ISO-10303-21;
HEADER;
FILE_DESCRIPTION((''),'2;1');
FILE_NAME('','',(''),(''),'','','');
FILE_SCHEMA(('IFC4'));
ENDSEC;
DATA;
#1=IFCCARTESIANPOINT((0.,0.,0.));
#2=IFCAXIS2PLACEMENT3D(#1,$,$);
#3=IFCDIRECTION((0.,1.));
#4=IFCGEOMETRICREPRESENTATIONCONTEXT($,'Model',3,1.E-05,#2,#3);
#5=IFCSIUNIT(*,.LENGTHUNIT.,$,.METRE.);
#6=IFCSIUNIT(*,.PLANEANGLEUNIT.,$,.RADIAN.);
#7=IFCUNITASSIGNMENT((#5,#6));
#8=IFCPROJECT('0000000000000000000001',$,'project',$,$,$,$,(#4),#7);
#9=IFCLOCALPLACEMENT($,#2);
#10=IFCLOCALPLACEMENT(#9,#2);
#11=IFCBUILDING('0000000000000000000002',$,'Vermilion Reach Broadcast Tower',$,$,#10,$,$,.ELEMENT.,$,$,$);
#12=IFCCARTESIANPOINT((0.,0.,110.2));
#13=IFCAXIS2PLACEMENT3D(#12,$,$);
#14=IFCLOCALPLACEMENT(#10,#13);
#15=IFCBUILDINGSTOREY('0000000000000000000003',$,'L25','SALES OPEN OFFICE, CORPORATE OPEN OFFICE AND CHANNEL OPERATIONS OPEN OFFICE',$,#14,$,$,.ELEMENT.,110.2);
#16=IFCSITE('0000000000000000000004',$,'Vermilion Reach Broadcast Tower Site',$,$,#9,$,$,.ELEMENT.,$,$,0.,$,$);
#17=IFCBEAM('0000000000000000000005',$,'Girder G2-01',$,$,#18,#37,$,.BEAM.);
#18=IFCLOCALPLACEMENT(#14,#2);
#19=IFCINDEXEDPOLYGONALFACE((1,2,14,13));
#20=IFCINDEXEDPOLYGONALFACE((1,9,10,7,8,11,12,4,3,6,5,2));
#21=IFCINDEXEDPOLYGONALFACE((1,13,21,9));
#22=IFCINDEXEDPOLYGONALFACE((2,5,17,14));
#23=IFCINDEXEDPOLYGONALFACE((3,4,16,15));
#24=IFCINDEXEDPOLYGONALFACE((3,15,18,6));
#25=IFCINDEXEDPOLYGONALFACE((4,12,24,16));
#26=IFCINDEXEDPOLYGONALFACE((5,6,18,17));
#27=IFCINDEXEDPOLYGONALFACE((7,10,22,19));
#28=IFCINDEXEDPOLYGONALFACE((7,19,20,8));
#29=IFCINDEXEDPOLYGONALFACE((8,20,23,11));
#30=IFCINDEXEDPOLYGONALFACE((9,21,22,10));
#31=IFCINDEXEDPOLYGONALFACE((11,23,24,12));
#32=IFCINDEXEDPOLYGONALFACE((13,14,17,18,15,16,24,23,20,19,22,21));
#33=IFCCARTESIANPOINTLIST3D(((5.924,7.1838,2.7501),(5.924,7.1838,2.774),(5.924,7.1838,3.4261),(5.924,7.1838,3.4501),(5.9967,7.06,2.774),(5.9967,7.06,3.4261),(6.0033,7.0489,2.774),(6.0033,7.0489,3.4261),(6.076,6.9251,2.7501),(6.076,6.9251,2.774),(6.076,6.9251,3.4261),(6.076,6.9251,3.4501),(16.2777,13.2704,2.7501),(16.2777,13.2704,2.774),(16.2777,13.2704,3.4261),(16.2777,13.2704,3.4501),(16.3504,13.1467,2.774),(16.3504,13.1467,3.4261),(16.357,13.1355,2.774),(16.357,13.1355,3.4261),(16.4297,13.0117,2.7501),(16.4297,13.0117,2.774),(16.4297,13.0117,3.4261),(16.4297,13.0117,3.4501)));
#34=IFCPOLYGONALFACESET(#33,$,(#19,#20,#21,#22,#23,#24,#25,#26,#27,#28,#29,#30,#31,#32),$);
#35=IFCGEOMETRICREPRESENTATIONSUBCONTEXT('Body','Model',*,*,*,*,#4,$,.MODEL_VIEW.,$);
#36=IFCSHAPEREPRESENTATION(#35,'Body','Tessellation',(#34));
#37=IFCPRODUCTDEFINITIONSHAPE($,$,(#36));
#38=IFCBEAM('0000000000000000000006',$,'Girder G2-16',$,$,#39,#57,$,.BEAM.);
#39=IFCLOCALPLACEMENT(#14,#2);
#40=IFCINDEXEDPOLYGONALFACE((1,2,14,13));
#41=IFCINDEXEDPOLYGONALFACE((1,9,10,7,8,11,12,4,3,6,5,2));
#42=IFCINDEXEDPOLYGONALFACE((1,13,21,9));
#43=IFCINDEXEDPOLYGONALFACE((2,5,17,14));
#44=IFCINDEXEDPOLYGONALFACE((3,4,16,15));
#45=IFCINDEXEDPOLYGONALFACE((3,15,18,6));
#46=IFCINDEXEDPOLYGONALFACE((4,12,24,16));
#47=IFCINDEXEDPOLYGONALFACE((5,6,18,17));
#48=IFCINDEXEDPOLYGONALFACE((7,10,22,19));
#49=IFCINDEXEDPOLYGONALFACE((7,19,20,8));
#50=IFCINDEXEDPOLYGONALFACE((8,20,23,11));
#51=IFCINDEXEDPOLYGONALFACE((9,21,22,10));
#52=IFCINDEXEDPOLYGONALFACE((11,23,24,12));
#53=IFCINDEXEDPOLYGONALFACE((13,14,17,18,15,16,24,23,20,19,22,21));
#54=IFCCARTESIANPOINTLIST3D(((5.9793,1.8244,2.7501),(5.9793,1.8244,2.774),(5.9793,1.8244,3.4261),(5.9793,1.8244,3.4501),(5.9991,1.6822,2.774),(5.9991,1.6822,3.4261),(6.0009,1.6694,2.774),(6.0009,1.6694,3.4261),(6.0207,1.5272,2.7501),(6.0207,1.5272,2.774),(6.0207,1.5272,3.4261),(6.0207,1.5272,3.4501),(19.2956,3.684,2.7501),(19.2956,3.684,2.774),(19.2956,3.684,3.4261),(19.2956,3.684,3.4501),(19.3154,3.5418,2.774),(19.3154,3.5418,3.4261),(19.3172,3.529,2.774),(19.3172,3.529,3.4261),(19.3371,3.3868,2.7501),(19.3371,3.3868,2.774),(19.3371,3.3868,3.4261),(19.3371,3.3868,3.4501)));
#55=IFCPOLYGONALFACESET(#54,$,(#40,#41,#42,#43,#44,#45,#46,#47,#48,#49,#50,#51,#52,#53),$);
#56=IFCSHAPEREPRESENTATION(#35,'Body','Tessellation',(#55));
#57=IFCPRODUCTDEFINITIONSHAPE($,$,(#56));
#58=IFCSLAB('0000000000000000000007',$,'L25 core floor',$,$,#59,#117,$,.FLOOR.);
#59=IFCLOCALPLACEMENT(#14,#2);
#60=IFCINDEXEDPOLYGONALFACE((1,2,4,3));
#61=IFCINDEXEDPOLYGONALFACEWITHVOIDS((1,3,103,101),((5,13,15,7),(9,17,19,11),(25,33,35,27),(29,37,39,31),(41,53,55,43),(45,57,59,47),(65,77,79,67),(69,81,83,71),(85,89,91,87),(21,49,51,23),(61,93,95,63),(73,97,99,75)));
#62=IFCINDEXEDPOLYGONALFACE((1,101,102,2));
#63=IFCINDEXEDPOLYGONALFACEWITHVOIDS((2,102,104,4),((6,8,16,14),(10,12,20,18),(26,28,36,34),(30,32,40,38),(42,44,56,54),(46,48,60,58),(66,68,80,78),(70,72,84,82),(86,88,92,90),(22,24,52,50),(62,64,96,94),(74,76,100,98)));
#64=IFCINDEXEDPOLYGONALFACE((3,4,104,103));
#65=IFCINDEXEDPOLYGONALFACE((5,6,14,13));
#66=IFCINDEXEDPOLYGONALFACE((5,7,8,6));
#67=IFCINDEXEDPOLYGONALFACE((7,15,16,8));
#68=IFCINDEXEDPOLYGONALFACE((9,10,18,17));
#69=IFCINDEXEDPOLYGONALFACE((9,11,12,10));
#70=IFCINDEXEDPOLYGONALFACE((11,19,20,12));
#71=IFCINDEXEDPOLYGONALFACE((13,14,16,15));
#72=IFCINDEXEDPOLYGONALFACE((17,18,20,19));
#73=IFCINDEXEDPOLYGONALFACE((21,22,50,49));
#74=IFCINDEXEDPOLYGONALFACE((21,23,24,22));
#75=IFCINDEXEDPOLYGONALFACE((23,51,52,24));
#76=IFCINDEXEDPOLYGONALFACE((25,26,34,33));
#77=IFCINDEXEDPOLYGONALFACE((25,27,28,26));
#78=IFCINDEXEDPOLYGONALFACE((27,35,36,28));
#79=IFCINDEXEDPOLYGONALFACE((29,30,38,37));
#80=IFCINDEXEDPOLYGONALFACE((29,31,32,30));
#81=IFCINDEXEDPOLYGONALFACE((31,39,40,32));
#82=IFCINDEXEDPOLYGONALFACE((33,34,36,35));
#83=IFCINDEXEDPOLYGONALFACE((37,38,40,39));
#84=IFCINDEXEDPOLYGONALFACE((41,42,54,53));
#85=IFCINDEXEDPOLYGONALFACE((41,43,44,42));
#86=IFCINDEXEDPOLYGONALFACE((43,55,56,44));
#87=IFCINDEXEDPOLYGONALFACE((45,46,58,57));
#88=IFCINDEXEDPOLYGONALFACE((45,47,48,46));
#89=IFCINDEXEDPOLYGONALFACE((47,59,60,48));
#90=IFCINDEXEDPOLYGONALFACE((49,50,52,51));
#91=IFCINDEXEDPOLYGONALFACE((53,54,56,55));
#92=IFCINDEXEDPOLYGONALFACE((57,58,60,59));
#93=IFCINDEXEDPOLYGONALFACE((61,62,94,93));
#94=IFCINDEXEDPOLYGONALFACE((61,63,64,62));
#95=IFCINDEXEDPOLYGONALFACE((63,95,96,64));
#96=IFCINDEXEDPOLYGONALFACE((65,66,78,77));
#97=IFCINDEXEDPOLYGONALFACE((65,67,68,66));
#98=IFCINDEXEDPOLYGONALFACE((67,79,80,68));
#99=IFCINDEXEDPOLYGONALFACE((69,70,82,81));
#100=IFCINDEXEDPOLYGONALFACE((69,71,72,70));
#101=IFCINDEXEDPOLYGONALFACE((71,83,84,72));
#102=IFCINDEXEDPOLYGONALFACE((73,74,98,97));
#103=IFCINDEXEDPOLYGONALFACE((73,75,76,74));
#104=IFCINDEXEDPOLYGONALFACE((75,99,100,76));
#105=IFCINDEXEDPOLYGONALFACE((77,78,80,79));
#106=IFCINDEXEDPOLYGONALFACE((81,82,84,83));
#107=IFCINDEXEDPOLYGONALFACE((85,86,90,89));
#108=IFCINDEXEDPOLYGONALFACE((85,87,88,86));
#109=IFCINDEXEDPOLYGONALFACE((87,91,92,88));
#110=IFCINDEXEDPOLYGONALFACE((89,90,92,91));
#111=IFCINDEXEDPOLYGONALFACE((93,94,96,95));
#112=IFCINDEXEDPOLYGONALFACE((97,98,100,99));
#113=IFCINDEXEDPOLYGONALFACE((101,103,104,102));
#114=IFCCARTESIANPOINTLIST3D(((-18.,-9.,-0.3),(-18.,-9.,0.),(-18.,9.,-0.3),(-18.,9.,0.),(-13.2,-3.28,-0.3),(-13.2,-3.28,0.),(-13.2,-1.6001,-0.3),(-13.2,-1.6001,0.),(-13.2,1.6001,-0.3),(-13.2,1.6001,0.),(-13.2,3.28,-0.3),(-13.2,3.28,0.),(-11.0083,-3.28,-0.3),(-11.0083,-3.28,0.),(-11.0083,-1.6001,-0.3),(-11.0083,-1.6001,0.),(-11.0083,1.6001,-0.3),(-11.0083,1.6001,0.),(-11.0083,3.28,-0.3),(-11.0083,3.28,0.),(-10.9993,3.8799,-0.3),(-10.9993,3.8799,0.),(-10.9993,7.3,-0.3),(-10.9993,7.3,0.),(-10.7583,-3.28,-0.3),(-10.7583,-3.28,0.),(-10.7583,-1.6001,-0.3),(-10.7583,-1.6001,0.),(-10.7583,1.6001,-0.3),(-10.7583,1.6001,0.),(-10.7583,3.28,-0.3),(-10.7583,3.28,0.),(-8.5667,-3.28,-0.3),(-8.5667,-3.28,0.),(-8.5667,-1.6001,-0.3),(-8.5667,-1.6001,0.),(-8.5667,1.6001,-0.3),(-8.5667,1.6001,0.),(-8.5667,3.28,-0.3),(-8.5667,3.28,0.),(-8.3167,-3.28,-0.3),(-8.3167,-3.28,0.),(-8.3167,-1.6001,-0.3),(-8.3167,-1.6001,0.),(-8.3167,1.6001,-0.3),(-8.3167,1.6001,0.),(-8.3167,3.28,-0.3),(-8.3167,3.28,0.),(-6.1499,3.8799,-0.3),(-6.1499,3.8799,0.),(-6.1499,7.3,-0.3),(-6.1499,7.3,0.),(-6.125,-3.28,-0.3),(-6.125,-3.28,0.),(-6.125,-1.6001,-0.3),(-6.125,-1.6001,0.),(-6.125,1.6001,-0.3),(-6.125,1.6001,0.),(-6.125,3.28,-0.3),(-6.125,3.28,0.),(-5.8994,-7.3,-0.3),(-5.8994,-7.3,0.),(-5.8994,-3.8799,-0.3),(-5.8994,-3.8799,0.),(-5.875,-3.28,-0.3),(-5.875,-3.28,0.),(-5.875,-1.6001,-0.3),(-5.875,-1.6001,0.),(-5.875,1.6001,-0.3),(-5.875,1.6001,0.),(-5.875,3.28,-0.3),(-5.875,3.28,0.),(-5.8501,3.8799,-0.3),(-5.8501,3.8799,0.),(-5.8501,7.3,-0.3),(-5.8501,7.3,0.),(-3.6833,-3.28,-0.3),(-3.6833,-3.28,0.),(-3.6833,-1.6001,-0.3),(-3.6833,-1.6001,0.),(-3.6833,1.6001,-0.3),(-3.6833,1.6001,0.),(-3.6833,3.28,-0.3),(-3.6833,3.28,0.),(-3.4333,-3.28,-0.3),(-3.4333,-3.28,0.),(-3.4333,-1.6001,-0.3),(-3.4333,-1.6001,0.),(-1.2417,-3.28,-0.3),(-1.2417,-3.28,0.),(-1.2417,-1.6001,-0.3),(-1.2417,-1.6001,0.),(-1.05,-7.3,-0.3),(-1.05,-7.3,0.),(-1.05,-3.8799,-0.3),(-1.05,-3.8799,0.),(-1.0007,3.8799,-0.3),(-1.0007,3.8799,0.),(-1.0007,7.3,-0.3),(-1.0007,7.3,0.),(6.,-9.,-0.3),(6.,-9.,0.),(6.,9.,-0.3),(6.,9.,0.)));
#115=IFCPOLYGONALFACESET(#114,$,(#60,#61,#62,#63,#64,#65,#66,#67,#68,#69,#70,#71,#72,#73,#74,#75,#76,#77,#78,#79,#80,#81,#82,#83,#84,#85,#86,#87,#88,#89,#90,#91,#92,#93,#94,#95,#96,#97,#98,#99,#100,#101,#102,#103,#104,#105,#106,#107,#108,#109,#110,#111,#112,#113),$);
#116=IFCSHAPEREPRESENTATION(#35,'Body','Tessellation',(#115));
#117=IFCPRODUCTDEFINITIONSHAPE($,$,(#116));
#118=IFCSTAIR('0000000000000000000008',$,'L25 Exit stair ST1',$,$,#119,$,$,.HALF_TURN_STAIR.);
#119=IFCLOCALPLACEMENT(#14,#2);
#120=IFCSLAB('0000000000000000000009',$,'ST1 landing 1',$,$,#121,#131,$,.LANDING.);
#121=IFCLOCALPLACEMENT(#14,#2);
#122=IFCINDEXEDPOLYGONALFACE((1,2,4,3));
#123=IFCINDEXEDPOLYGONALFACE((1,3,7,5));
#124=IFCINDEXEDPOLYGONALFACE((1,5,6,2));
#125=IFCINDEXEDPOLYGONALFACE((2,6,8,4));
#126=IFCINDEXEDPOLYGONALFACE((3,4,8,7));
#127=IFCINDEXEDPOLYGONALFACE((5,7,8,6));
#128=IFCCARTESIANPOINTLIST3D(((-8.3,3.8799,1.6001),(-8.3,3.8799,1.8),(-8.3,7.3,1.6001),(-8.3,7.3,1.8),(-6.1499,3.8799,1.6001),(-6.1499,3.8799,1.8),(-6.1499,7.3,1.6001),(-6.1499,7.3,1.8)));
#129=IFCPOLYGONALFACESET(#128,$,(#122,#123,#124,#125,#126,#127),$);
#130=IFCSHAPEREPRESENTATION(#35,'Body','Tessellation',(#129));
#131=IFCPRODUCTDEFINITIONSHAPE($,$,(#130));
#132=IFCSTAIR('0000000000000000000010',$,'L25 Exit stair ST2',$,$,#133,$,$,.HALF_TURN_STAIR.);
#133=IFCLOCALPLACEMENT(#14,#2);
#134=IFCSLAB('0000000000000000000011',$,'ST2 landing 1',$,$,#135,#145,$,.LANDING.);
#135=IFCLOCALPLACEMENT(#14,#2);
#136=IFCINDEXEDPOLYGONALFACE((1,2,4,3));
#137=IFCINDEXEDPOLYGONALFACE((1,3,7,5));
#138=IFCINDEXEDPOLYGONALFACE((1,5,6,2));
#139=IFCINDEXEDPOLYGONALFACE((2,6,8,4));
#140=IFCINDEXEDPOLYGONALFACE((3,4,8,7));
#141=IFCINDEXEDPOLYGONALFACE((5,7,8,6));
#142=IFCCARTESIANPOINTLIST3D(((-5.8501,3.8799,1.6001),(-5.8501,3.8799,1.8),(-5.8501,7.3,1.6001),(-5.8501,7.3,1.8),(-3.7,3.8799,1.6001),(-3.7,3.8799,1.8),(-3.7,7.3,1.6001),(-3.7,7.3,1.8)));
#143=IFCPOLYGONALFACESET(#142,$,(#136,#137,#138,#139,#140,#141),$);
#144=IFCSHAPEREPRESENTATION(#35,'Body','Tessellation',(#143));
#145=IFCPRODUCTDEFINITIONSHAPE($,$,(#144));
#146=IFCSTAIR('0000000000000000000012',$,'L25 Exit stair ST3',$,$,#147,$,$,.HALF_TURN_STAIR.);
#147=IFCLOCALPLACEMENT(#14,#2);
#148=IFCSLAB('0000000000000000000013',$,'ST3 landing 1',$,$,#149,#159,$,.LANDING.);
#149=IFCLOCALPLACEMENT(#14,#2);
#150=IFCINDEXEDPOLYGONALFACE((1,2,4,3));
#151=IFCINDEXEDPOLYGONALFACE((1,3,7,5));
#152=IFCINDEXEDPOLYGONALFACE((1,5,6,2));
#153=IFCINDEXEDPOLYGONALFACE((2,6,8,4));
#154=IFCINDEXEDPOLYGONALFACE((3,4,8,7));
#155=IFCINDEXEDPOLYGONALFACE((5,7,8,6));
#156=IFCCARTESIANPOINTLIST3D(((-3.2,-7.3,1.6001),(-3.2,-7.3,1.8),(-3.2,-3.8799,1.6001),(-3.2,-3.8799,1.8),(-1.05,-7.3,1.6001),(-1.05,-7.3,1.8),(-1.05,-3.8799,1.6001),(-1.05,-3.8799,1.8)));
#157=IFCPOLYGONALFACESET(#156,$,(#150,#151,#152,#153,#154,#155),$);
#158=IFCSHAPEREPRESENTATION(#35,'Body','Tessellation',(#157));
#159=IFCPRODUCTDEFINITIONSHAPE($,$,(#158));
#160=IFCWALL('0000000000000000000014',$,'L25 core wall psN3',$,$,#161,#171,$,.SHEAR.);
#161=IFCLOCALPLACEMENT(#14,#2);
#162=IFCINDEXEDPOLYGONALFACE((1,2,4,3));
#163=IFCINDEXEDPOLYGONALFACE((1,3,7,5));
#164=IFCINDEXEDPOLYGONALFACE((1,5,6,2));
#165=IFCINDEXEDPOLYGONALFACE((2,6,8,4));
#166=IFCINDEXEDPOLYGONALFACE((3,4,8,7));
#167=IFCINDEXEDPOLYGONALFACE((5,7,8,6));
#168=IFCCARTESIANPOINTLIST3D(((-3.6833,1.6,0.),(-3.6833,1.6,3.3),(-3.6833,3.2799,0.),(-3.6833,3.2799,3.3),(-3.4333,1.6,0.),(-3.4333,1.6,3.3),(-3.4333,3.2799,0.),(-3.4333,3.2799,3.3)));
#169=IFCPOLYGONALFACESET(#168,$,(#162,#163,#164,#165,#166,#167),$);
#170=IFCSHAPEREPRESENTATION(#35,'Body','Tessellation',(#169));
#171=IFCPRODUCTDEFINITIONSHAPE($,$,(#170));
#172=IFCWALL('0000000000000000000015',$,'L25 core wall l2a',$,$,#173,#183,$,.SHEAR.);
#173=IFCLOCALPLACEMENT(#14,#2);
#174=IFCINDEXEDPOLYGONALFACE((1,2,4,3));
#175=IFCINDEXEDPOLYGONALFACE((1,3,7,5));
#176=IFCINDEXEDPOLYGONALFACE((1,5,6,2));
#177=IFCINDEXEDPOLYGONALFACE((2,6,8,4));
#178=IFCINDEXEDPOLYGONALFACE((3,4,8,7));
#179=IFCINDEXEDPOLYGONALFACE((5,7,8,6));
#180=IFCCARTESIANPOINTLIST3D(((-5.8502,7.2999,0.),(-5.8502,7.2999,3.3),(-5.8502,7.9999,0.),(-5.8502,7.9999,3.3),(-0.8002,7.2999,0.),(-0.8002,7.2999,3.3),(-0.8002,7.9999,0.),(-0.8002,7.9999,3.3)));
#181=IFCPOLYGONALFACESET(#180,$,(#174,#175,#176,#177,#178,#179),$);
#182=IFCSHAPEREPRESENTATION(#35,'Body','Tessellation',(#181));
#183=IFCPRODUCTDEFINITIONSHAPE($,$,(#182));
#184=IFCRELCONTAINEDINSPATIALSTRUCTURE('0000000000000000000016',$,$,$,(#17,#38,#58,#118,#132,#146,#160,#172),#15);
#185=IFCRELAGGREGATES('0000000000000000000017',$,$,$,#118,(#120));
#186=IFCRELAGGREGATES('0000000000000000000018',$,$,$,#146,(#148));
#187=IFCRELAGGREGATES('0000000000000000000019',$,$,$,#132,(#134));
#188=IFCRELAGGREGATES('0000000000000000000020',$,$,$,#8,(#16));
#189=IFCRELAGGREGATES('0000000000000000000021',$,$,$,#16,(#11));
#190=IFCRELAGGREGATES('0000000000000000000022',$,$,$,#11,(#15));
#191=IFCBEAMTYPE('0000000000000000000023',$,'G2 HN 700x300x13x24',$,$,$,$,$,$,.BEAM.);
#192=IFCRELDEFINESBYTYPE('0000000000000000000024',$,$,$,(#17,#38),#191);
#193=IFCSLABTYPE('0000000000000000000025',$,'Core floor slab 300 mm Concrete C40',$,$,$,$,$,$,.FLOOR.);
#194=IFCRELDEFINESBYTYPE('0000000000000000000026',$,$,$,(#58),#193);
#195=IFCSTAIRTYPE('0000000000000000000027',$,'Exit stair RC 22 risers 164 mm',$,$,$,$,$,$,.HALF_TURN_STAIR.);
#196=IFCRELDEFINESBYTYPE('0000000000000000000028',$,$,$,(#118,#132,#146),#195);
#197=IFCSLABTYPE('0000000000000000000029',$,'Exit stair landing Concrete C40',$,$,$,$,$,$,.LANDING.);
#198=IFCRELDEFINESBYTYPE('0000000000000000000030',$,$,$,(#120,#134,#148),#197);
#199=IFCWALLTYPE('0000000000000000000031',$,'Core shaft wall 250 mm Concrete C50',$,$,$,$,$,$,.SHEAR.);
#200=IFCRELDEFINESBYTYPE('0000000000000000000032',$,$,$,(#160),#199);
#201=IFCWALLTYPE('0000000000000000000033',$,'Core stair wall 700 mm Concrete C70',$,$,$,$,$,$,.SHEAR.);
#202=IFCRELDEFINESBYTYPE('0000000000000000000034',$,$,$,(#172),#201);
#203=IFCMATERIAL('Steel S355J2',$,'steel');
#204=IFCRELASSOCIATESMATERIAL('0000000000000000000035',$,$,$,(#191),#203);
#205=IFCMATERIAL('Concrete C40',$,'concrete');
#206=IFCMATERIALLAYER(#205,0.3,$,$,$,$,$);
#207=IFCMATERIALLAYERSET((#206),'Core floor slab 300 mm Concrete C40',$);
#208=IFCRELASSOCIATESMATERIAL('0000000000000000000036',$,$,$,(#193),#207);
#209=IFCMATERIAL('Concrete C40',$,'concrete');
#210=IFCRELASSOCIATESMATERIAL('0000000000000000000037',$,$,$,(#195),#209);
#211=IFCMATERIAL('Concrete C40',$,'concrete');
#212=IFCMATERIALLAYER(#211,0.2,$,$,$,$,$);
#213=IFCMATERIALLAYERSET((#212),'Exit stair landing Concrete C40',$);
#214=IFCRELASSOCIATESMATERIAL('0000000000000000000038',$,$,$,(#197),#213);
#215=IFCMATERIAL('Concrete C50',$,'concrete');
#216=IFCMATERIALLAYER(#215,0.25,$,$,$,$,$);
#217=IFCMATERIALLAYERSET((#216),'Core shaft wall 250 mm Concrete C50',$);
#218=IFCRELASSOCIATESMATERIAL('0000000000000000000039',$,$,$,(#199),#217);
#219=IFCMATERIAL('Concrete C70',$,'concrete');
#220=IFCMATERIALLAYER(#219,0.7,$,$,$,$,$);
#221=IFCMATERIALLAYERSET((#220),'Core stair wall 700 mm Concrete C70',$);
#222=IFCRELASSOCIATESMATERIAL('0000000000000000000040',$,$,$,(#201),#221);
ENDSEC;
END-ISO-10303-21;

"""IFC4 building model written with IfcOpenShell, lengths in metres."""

from ifc_helpers import new_model, si_unit, direction, frame, frame_2d, origin, origin_2d, place, context, subcontext, project, spatial, polyline, rectangle, i_section, outline, extrude, material, layer, layer_set, material_profile, profile_set, type_object, element, aggregate, save


model = new_model("IFC4")

# Units and contexts
model_context = context("Model", 3, precision=1e-05, world=origin(), true_north=direction((0.0, 1.0)))
body_context = subcontext(model_context, "Body", "Model", "MODEL_VIEW")
ifc_project = project(units=[si_unit("LENGTHUNIT", "METRE"), si_unit("PLANEANGLEUNIT", "RADIAN")], contexts=[model_context])

# Site, building, storey
site_placement = place(None, origin())
site = spatial("IfcSite", under=ifc_project, at=site_placement, Name="Vermilion Reach Broadcast Tower Site", CompositionType="ELEMENT", RefElevation=0.0)
building_placement = place(site_placement, origin())
building = spatial("IfcBuilding", under=site, at=building_placement, Name="Vermilion Reach Broadcast Tower", CompositionType="ELEMENT")
storey_placement = place(building_placement, frame((0.0, 0.0, 110.2)))
storey = spatial("IfcBuildingStorey", under=building, at=storey_placement, Name="L25", Description="SALES OPEN OFFICE, CORPORATE OPEN OFFICE AND CHANNEL OPERATIONS OPEN OFFICE", CompositionType="ELEMENT", Elevation=110.2)

# Beams
ifc_material_1 = material(Name="Steel S355J2", Category="steel")
ifc_material_profile = material_profile(ifc_material_1, i_section(OverallWidth=0.3, OverallDepth=0.7, WebThickness=0.0129, FlangeThickness=0.0239, at=origin_2d()), Name="S355J2 HN 700x300x13x24")
ifc_profile_set = profile_set([ifc_material_profile], Name="Steel S355J2")
beam_type = type_object("IfcBeamType", Name="G2 HN 700x300x13x24", PredefinedType="BEAM", material=ifc_profile_set)
beam_1_placement = place(storey_placement, frame((6.0, 7.0544, 3.1001), z_axis=(0.862072, 0.506786, 0.0), x_axis=(-0.506786, 0.862072, 0.0)))
element("IfcBeam", 1, at=beam_1_placement, inside=storey, type_object=beam_type, Name="Girder G2-01", PredefinedType="BEAM", context=body_context, shape_type="SweptSolid", body=[
    extrude(i_section(OverallWidth=0.3, OverallDepth=0.7, WebThickness=0.0129, FlangeThickness=0.0239, at=origin_2d()), origin(), (0.0, 0.0, 1.0), 12.0103),
])
beam_2_placement = place(storey_placement, frame((6.0, 1.6758, 3.1001), z_axis=(0.990389, 0.138307, 0.0), x_axis=(-0.138307, 0.990389, 0.0)))
element("IfcBeam", 2, at=beam_2_placement, inside=storey, type_object=beam_type, Name="Girder G2-16", PredefinedType="BEAM", context=body_context, shape_type="SweptSolid", body=[
    extrude(i_section(OverallWidth=0.3, OverallDepth=0.7, WebThickness=0.0129, FlangeThickness=0.0239, at=origin_2d()), origin(), (0.0, 0.0, 1.0), 13.4456),
])

# Slab
ifc_material_2 = material(Name="Concrete C40", Category="concrete")
ifc_layer_1 = layer(ifc_material_2, 0.3)
ifc_layer_set_1 = layer_set([ifc_layer_1], Name="Core floor slab 300 mm Concrete C40")
slab_type_1 = type_object("IfcSlabType", Name="Core floor slab 300 mm Concrete C40", PredefinedType="FLOOR", material=ifc_layer_set_1)
slab_1_placement = place(storey_placement, frame((0.0, 0.0, -0.3)))
element("IfcSlab", 3, at=slab_1_placement, inside=storey, type_object=slab_type_1, Name="L25 core floor", PredefinedType="FLOOR", context=body_context, shape_type="SweptSolid", body=[
    extrude(outline(polyline([(-18.0, -9.0), (6.0, -9.0), (6.0, 9.0), (-18.0, 9.0), (-18.0, -9.0)]), holes=[polyline([(-13.2, 1.6001), (-11.0083, 1.6001), (-11.0083, 3.28), (-13.2, 3.28), (-13.2, 1.6001)]), polyline([(-10.7583, 1.6001), (-8.5667, 1.6001), (-8.5667, 3.28), (-10.7583, 3.28), (-10.7583, 1.6001)]), polyline([(-8.3167, 1.6001), (-6.125, 1.6001), (-6.125, 3.28), (-8.3167, 3.28), (-8.3167, 1.6001)]), polyline([(-5.875, 1.6001), (-3.6833, 1.6001), (-3.6833, 3.28), (-5.875, 3.28), (-5.875, 1.6001)]), polyline([(-13.2, -3.28), (-11.0083, -3.28), (-11.0083, -1.6001), (-13.2, -1.6001), (-13.2, -3.28)]), polyline([(-10.7583, -3.28), (-8.5667, -3.28), (-8.5667, -1.6001), (-10.7583, -1.6001), (-10.7583, -3.28)]), polyline([(-8.3167, -3.28), (-6.125, -3.28), (-6.125, -1.6001), (-8.3167, -1.6001), (-8.3167, -3.28)]), polyline([(-5.875, -3.28), (-3.6833, -3.28), (-3.6833, -1.6001), (-5.875, -1.6001), (-5.875, -3.28)]), polyline([(-3.4333, -3.28), (-1.2417, -3.28), (-1.2417, -1.6001), (-3.4333, -1.6001), (-3.4333, -3.28)]), polyline([(-10.9993, 3.8799), (-6.1499, 3.8799), (-6.1499, 7.3), (-10.9993, 7.3), (-10.9993, 3.8799)]), polyline([(-1.0007, 7.3), (-5.8501, 7.3), (-5.8501, 3.8799), (-1.0007, 3.8799), (-1.0007, 7.3)]), polyline([(-5.8994, -7.3), (-1.05, -7.3), (-1.05, -3.8799), (-5.8994, -3.8799), (-5.8994, -7.3)])]), origin(), (0.0, 0.0, 1.0), 0.3),
])

# Stairs, slabs
ifc_material_3 = material(Name="Concrete C40", Category="concrete")
stair_type = type_object("IfcStairType", Name="Exit stair RC 22 risers 164 mm", PredefinedType="HALF_TURN_STAIR", material=ifc_material_3)
placement_1 = place(storey_placement, origin())
stair_1 = element("IfcStair", 4, at=placement_1, inside=storey, type_object=stair_type, Name="L25 Exit stair ST1", PredefinedType="HALF_TURN_STAIR")
ifc_material_4 = material(Name="Concrete C40", Category="concrete")
ifc_layer_2 = layer(ifc_material_4, 0.2)
ifc_layer_set_2 = layer_set([ifc_layer_2], Name="Exit stair landing Concrete C40")
slab_type_2 = type_object("IfcSlabType", Name="Exit stair landing Concrete C40", PredefinedType="LANDING", material=ifc_layer_set_2)
placement_2 = place(storey_placement, frame((0.0, 0.0, 1.6001)))
slab_2 = element("IfcSlab", 5, at=placement_2, type_object=slab_type_2, Name="ST1 landing 1", PredefinedType="LANDING", context=body_context, shape_type="SweptSolid", body=[
    extrude(outline(polyline([(-8.3, 3.8799), (-6.1499, 3.8799), (-6.1499, 7.3), (-8.3, 7.3), (-8.3, 3.8799)])), origin(), (0.0, 0.0, 1.0), 0.2),
])
aggregate(stair_1, [slab_2])
stair_2 = element("IfcStair", 6, at=placement_1, inside=storey, type_object=stair_type, Name="L25 Exit stair ST2", PredefinedType="HALF_TURN_STAIR")
slab_3 = element("IfcSlab", 7, at=placement_2, type_object=slab_type_2, Name="ST2 landing 1", PredefinedType="LANDING", context=body_context, shape_type="SweptSolid", body=[
    extrude(outline(polyline([(-3.7, 7.3), (-5.8501, 7.3), (-5.8501, 3.8799), (-3.7, 3.8799), (-3.7, 7.3)])), origin(), (0.0, 0.0, 1.0), 0.2),
])
stair_3 = element("IfcStair", 8, at=placement_1, inside=storey, type_object=stair_type, Name="L25 Exit stair ST3", PredefinedType="HALF_TURN_STAIR")
slab_4 = element("IfcSlab", 9, at=placement_2, type_object=slab_type_2, Name="ST3 landing 1", PredefinedType="LANDING", context=body_context, shape_type="SweptSolid", body=[
    extrude(outline(polyline([(-3.2, -7.3), (-1.05, -7.3), (-1.05, -3.8799), (-3.2, -3.8799), (-3.2, -7.3)])), origin(), (0.0, 0.0, 1.0), 0.2),
])
aggregate(stair_3, [slab_4])

# Walls
ifc_material_5 = material(Name="Concrete C50", Category="concrete")
ifc_layer_3 = layer(ifc_material_5, 0.25)
ifc_layer_set_3 = layer_set([ifc_layer_3], Name="Core shaft wall 250 mm Concrete C50")
wall_type_1 = type_object("IfcWallType", Name="Core shaft wall 250 mm Concrete C50", PredefinedType="SHEAR", material=ifc_layer_set_3)
wall_1_placement = place(storey_placement, frame((-3.5583, 1.6001, 0.0), z_axis=(0.0, 0.0, 1.0), x_axis=(0.0, 1.0, 0.0)))
element("IfcWall", 10, at=wall_1_placement, inside=storey, type_object=wall_type_1, Name="L25 core wall psN3", PredefinedType="SHEAR", context=body_context, shape_type="SweptSolid", body=[
    extrude(rectangle(XDim=1.6799, YDim=0.25, at=frame_2d((0.8398, 0.0))), origin(), (0.0, 0.0, 1.0), 3.3),
])
ifc_material_6 = material(Name="Concrete C70", Category="concrete")
ifc_layer_4 = layer(ifc_material_6, 0.7)
ifc_layer_set_4 = layer_set([ifc_layer_4], Name="Core stair wall 700 mm Concrete C70")
wall_type_2 = type_object("IfcWallType", Name="Core stair wall 700 mm Concrete C70", PredefinedType="SHEAR", material=ifc_layer_set_4)
wall_2_placement = place(storey_placement, frame((-5.8501, 7.6499, 0.0), z_axis=(0.0, 0.0, 1.0), x_axis=(1.0, 0.0, 0.0)))
element("IfcWall", 11, at=wall_2_placement, inside=storey, type_object=wall_type_2, Name="L25 core wall l2a", PredefinedType="SHEAR", context=body_context, shape_type="SweptSolid", body=[
    extrude(rectangle(XDim=5.05, YDim=0.7, at=frame_2d((2.5249, 0.0))), origin(), (0.0, 0.0, 1.0), 3.3),
])

aggregate(stair_2, [slab_3])

save(model, "model.ifc")
